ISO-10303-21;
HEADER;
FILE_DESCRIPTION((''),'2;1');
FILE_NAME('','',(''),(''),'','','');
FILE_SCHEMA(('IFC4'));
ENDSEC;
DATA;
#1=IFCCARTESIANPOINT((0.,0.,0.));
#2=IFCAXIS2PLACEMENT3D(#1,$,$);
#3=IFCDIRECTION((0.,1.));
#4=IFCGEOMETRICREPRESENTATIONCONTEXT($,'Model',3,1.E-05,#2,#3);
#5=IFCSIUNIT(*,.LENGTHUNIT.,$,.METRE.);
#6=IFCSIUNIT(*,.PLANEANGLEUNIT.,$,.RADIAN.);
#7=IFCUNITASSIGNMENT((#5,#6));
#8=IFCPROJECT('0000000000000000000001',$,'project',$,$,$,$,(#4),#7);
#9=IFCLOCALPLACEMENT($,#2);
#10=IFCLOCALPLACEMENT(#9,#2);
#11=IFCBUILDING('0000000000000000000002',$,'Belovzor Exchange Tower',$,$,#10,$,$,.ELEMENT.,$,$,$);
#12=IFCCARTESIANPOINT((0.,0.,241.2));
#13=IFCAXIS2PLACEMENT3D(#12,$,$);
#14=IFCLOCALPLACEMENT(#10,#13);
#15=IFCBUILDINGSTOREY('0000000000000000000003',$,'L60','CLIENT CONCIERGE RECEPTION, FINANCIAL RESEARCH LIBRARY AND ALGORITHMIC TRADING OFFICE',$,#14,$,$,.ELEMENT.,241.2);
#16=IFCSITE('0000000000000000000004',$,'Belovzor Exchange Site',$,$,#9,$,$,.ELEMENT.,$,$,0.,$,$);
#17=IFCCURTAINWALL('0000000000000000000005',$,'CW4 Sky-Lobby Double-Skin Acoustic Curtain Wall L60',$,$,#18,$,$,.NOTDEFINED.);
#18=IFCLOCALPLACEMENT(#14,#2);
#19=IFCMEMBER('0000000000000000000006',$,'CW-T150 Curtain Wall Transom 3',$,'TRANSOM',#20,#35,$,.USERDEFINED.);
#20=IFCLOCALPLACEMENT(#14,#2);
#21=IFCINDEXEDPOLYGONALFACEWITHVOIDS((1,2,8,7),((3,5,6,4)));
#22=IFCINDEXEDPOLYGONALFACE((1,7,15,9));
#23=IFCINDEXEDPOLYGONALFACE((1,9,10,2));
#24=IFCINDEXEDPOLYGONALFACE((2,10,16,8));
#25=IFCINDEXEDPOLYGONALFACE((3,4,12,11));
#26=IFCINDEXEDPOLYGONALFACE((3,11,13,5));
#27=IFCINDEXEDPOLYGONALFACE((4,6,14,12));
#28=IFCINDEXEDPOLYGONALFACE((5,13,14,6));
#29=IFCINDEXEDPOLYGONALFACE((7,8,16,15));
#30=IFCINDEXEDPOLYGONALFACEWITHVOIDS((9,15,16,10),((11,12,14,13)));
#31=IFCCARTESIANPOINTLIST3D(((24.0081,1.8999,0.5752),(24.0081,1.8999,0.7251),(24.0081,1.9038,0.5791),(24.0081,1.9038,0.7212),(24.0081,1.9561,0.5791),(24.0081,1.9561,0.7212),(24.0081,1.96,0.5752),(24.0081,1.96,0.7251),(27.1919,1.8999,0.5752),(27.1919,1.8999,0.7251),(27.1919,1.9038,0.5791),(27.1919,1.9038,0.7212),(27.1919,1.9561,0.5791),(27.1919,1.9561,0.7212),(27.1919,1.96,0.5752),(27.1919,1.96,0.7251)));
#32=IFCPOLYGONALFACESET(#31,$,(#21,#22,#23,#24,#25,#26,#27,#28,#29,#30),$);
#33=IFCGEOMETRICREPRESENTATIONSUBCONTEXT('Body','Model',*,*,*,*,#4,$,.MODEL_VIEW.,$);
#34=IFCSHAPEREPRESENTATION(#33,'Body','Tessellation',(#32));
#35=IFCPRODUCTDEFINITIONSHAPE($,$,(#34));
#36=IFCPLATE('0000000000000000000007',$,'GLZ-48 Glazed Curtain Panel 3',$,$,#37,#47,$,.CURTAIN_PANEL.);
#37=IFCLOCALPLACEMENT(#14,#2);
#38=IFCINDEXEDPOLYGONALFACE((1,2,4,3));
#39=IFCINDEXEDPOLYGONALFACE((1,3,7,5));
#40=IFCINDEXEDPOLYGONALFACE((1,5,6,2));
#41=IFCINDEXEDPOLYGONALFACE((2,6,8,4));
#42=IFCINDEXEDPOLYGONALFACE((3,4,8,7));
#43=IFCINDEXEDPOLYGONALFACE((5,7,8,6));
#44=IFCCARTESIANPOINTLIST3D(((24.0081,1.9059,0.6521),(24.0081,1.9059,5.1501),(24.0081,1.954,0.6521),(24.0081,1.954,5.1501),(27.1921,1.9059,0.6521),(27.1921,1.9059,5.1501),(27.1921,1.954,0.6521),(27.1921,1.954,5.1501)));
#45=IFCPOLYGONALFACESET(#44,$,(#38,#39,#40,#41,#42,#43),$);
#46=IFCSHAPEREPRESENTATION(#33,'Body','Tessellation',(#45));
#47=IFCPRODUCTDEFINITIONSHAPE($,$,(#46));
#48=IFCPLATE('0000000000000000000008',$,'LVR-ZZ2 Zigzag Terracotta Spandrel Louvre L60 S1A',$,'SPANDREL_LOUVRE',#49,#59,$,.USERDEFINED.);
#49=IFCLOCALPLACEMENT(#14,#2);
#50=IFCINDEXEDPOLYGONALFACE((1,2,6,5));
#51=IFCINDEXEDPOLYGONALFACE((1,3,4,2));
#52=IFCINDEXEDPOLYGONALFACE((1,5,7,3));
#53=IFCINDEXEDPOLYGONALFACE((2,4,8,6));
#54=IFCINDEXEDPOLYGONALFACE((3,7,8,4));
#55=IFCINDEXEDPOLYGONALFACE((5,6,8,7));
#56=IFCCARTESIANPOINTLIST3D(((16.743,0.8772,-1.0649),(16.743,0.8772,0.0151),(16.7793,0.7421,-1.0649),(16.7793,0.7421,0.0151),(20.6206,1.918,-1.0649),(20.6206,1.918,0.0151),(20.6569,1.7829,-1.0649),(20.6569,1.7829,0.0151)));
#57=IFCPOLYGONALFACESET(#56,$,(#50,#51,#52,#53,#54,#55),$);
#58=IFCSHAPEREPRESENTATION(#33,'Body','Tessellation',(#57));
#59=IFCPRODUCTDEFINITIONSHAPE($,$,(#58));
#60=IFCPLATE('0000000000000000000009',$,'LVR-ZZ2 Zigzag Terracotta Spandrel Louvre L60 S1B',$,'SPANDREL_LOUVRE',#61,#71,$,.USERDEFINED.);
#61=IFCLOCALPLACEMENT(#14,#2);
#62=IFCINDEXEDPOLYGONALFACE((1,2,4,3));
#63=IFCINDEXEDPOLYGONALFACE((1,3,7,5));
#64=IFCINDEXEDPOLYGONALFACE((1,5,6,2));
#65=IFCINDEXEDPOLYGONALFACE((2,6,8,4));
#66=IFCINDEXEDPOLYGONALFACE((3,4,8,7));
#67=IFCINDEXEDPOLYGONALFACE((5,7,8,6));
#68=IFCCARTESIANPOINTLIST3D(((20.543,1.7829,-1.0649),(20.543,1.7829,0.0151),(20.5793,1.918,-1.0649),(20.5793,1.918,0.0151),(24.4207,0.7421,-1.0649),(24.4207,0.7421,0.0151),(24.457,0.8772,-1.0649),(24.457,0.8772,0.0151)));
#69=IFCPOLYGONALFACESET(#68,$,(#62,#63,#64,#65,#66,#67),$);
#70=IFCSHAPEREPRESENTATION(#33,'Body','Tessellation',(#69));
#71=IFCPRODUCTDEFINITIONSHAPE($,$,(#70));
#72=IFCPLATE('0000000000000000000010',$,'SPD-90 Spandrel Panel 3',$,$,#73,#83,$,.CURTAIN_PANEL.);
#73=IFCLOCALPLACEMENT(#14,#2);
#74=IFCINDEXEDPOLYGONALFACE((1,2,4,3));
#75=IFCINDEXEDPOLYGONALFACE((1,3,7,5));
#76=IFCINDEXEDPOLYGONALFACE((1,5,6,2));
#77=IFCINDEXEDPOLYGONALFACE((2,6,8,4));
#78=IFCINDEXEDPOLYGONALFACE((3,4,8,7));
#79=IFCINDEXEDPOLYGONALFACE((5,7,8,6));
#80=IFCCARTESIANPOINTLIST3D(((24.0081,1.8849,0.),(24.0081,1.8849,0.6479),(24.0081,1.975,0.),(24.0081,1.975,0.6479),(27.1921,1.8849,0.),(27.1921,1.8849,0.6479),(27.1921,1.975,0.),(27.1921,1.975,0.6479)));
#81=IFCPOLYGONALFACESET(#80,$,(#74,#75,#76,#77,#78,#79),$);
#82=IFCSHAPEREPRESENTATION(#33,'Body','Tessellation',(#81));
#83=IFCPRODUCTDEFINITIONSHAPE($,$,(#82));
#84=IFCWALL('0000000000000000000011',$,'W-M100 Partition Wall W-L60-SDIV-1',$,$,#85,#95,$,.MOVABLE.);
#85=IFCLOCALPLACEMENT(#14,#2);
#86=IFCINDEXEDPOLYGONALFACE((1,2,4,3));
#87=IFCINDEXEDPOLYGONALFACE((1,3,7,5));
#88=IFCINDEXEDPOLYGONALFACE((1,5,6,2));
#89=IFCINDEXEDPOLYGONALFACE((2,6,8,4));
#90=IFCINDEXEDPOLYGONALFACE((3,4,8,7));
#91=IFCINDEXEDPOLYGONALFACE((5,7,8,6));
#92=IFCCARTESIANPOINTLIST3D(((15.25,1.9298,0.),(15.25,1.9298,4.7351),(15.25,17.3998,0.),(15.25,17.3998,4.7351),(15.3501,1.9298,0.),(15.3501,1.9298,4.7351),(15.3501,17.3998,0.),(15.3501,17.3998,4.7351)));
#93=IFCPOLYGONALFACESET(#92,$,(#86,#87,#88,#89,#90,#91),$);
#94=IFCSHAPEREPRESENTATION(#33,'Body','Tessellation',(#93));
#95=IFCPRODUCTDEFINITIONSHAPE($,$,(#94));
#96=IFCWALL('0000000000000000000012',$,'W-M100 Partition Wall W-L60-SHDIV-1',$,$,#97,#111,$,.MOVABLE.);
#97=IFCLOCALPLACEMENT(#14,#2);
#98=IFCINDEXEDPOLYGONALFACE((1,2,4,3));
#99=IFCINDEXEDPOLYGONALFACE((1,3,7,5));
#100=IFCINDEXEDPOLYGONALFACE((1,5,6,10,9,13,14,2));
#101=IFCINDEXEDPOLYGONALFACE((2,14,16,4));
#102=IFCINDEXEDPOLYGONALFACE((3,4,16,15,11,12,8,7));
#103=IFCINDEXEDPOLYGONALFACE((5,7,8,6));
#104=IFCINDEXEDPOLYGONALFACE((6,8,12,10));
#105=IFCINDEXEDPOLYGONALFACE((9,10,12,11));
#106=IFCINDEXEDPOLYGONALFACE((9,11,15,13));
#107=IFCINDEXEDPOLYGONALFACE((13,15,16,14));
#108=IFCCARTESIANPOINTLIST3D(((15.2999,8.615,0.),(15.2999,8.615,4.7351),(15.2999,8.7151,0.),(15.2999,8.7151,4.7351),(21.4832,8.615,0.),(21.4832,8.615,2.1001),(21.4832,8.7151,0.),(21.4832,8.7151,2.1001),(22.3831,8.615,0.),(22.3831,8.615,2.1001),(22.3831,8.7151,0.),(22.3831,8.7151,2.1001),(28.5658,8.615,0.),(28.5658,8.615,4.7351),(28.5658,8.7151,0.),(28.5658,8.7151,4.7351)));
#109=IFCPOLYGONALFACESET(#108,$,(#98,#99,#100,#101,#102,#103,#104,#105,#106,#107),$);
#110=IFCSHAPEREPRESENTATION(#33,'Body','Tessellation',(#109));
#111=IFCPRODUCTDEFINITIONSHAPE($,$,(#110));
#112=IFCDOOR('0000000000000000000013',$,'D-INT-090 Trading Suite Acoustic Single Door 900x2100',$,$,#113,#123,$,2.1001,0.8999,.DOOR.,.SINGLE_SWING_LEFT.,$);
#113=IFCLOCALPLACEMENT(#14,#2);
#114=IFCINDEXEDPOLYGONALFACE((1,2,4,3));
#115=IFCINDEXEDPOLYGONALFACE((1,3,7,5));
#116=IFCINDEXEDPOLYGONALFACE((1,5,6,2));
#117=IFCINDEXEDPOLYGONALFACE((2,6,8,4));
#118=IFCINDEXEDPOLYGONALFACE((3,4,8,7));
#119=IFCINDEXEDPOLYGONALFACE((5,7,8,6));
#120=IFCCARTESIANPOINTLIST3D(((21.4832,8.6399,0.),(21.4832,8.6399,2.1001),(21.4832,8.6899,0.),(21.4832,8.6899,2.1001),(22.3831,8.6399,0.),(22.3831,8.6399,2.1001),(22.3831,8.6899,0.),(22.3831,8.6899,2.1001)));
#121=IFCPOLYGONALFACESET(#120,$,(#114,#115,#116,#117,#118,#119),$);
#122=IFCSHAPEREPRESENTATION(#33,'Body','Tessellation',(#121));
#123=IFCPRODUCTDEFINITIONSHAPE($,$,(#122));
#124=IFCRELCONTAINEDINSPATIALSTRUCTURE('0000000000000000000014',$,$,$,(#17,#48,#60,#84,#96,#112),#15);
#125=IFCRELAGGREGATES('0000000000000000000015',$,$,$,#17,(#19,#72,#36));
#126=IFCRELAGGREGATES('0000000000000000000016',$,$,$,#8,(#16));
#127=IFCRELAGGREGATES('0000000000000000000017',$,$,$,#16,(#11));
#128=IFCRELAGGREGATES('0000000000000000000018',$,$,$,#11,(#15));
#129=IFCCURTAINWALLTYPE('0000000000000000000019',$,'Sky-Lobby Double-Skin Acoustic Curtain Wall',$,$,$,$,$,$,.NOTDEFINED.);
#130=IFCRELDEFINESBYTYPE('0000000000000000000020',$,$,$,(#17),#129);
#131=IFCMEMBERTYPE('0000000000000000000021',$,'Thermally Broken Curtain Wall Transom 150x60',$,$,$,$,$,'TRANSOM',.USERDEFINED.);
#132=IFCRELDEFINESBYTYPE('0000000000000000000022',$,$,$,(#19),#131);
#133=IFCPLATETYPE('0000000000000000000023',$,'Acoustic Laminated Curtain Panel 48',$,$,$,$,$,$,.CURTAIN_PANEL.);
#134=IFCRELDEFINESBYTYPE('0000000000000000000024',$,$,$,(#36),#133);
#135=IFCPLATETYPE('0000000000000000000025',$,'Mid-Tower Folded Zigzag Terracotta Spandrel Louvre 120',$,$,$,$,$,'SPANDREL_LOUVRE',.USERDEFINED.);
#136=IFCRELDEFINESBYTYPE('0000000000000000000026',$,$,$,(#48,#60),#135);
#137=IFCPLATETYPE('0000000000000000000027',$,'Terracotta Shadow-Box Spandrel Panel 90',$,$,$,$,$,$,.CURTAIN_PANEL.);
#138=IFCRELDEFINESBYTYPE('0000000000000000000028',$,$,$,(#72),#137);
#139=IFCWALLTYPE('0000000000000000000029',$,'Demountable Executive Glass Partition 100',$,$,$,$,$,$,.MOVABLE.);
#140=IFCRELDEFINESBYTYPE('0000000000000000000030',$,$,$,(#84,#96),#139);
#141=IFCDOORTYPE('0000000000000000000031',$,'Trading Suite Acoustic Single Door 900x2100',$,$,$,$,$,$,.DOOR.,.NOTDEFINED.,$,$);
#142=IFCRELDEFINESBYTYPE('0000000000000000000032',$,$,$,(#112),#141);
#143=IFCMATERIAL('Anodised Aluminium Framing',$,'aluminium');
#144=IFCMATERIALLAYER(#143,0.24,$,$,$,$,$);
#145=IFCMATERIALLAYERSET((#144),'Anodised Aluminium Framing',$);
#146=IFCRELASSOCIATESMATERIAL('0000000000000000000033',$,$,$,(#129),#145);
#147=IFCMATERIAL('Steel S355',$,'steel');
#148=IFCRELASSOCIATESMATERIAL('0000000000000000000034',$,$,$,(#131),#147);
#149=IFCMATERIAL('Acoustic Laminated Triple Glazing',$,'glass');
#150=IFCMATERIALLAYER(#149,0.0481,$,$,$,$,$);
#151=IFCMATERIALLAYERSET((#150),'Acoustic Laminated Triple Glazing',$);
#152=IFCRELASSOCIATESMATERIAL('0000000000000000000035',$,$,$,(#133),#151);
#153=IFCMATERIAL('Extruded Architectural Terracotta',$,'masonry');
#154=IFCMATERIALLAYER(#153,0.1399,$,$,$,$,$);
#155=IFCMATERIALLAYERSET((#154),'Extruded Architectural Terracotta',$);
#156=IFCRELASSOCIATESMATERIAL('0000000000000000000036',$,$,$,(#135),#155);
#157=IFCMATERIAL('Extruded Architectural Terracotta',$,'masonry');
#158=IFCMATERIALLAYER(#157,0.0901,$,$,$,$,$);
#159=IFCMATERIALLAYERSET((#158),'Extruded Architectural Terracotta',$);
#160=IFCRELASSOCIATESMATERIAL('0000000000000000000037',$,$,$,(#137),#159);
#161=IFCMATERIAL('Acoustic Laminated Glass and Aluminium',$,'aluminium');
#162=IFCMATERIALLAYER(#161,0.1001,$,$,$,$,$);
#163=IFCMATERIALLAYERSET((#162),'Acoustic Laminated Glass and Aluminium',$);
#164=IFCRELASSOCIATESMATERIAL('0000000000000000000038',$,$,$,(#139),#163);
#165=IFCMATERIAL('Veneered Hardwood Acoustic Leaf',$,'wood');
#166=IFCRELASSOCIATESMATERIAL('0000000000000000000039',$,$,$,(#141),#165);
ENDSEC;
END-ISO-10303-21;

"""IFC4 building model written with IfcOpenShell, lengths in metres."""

from ifc_helpers import new_model, si_unit, direction, frame, frame_2d, origin, origin_2d, place, context, subcontext, project, spatial, rectangle, hollow_rectangle, extrude, material, layer, layer_set, material_profile, profile_set, type_object, element, fill, aggregate, save


model = new_model("IFC4")

# Units and contexts
model_context = context("Model", 3, precision=1e-05, world=origin(), true_north=direction((0.0, 1.0)))
body_context = subcontext(model_context, "Body", "Model", "MODEL_VIEW")
ifc_project = project(units=[si_unit("LENGTHUNIT", "METRE"), si_unit("PLANEANGLEUNIT", "RADIAN")], contexts=[model_context])

# Site, building, storey
site_placement = place(None, origin())
site = spatial("IfcSite", under=ifc_project, at=site_placement, Name="Belovzor Exchange Site", CompositionType="ELEMENT", RefElevation=0.0)
building_placement = place(site_placement, origin())
building = spatial("IfcBuilding", under=site, at=building_placement, Name="Belovzor Exchange Tower", CompositionType="ELEMENT")
storey_placement = place(building_placement, frame((0.0, 0.0, 241.2)))
storey = spatial("IfcBuildingStorey", under=building, at=storey_placement, Name="L60", Description="CLIENT CONCIERGE RECEPTION, FINANCIAL RESEARCH LIBRARY AND ALGORITHMIC TRADING OFFICE", CompositionType="ELEMENT", Elevation=241.2)

# Curtain wall, member, plate
ifc_material_1 = material(Name="Anodised Aluminium Framing", Category="aluminium")
ifc_layer_1 = layer(ifc_material_1, 0.24)
ifc_layer_set_1 = layer_set([ifc_layer_1], Name="Anodised Aluminium Framing")
curtain_wall_type = type_object("IfcCurtainWallType", Name="Sky-Lobby Double-Skin Acoustic Curtain Wall", PredefinedType="NOTDEFINED", material=ifc_layer_set_1)
curtain_wall_placement = place(storey_placement, origin())
curtain_wall = element("IfcCurtainWall", 1, at=curtain_wall_placement, inside=storey, type_object=curtain_wall_type, Name="CW4 Sky-Lobby Double-Skin Acoustic Curtain Wall L60", PredefinedType="NOTDEFINED")
ifc_material_2 = material(Name="Steel S355", Category="steel")
ifc_material_profile_1 = material_profile(ifc_material_2, hollow_rectangle(XDim=0.0601, YDim=0.1499, WallThickness=0.0039, at=origin_2d()))
ifc_profile_set_1 = profile_set([ifc_material_profile_1], Name="Steel S355")
member_type_1 = type_object("IfcMemberType", Name="Thermally Broken Curtain Wall Transom 150x60", ElementType="TRANSOM", PredefinedType="USERDEFINED", material=ifc_profile_set_1)
member_1_placement = place(storey_placement, frame((27.1919, 1.9299, 0.6501), z_axis=(-1.0, 0.0, 0.0), x_axis=(0.0, -1.0, 0.0)))
member_1 = element("IfcMember", 2, at=member_1_placement, type_object=member_type_1, Name="CW-T150 Curtain Wall Transom 3", ObjectType="TRANSOM", PredefinedType="USERDEFINED", context=body_context, shape_type="SweptSolid", body=[
    extrude(hollow_rectangle(XDim=0.0601, YDim=0.1499, WallThickness=0.0039, at=origin_2d()), origin(), (0.0, 0.0, 1.0), 3.1838),
])
ifc_material_3 = material(Name="Acoustic Laminated Triple Glazing", Category="glass")
ifc_layer_2 = layer(ifc_material_3, 0.0481)
ifc_layer_set_2 = layer_set([ifc_layer_2], Name="Acoustic Laminated Triple Glazing")
plate_type_1 = type_object("IfcPlateType", Name="Acoustic Laminated Curtain Panel 48", PredefinedType="CURTAIN_PANEL", material=ifc_layer_set_2)
plate_1_placement = place(storey_placement, frame((25.6001, 1.9299, 0.6521), z_axis=(0.0, 0.0, 1.0), x_axis=(-1.0, 0.0, 0.0)))
plate_1 = element("IfcPlate", 3, at=plate_1_placement, type_object=plate_type_1, Name="GLZ-48 Glazed Curtain Panel 3", PredefinedType="CURTAIN_PANEL", context=body_context, shape_type="SweptSolid", body=[
    extrude(rectangle(XDim=3.1841, YDim=0.0481, at=origin_2d()), origin(), (0.0, 0.0, 1.0), 4.498),
])

# Plates
ifc_material_4 = material(Name="Extruded Architectural Terracotta", Category="masonry")
ifc_layer_3 = layer(ifc_material_4, 0.1399)
ifc_layer_set_3 = layer_set([ifc_layer_3], Name="Extruded Architectural Terracotta")
plate_type_2 = type_object("IfcPlateType", Name="Mid-Tower Folded Zigzag Terracotta Spandrel Louvre 120", ElementType="SPANDREL_LOUVRE", PredefinedType="USERDEFINED", material=ifc_layer_set_3)
for number, where, z_axis, x_axis, name in (
    (4, (18.7, 1.3301, -1.0649), (0.0, 0.0, 1.0), (0.965813, 0.25924, 0.0), "LVR-ZZ2 Zigzag Terracotta Spandrel Louvre L60 S1A"),
    (5, (22.5, 1.3301, -1.0649), (0.0, 0.0, 1.0), (0.965813, -0.25924, 0.0), "LVR-ZZ2 Zigzag Terracotta Spandrel Louvre L60 S1B"),
):
    element("IfcPlate", number, at=place(storey_placement, frame(where, z_axis=z_axis, x_axis=x_axis)), inside=storey, type_object=plate_type_2, Name=name, ObjectType="SPANDREL_LOUVRE", PredefinedType="USERDEFINED", context=body_context, shape_type="SweptSolid", body=[
        extrude(rectangle(XDim=4.0149, YDim=0.1399, at=origin_2d()), origin(), (0.0, 0.0, 1.0), 1.0801),
    ])

# Plate
ifc_material_5 = material(Name="Extruded Architectural Terracotta", Category="masonry")
ifc_layer_4 = layer(ifc_material_5, 0.0901)
ifc_layer_set_4 = layer_set([ifc_layer_4], Name="Extruded Architectural Terracotta")
plate_type_3 = type_object("IfcPlateType", Name="Terracotta Shadow-Box Spandrel Panel 90", PredefinedType="CURTAIN_PANEL", material=ifc_layer_set_4)
plate_2_placement = place(storey_placement, frame((25.6001, 1.9299, 0.0), z_axis=(0.0, 0.0, 1.0), x_axis=(-1.0, 0.0, 0.0)))
plate_2 = element("IfcPlate", 6, at=plate_2_placement, type_object=plate_type_3, Name="SPD-90 Spandrel Panel 3", PredefinedType="CURTAIN_PANEL", context=body_context, shape_type="SweptSolid", body=[
    extrude(rectangle(XDim=3.1841, YDim=0.0901, at=origin_2d()), origin(), (0.0, 0.0, 1.0), 0.6479),
])
aggregate(curtain_wall, [member_1, plate_2, plate_1])

# Wall
ifc_material_6 = material(Name="Acoustic Laminated Glass and Aluminium", Category="aluminium")
ifc_layer_5 = layer(ifc_material_6, 0.1001)
ifc_layer_set_5 = layer_set([ifc_layer_5], Name="Acoustic Laminated Glass and Aluminium")
wall_type_1 = type_object("IfcWallType", Name="Demountable Executive Glass Partition 100", PredefinedType="MOVABLE", material=ifc_layer_set_5)
wall_1_placement = place(storey_placement, frame((15.3, 1.9299, 0.0), z_axis=(0.0, 0.0, 1.0), x_axis=(0.0, 1.0, 0.0)))
element("IfcWall", 7, at=wall_1_placement, inside=storey, type_object=wall_type_1, Name="W-M100 Partition Wall W-L60-SDIV-1", PredefinedType="MOVABLE", context=body_context, shape_type="SweptSolid", body=[
    extrude(rectangle(XDim=15.47, YDim=0.1001, at=frame_2d((7.7349, 0.0))), origin(), (0.0, 0.0, 1.0), 4.7351),
])

# Wall, opening, door
wall_2_placement = place(storey_placement, frame((15.3, 8.665, 0.0), z_axis=(0.0, 0.0, 1.0), x_axis=(1.0, 0.0, 0.0)))
wall_2 = element("IfcWall", 8, at=wall_2_placement, inside=storey, type_object=wall_type_1, Name="W-M100 Partition Wall W-L60-SHDIV-1", PredefinedType="MOVABLE", context=body_context, shape_type="SweptSolid", body=[
    extrude(rectangle(XDim=13.2659, YDim=0.1001, at=frame_2d((6.6328, 0.0))), origin(), (0.0, 0.0, 1.0), 4.7351),
])
opening_1_placement = place(wall_2_placement, frame((6.1831, 0.0, 0.0)))
opening_1 = element("IfcOpeningElement", 9, at=opening_1_placement, cuts=wall_2, PredefinedType="OPENING", context=body_context, shape_type="SweptSolid", body=[
    extrude(rectangle(XDim=0.8999, YDim=2.1001, at=frame_2d((0.45, 1.05))), frame((0.0, 0.0601, 0.0), z_axis=(0.0, -1.0, 0.0), x_axis=(1.0, 0.0, 0.0)), (0.0, 0.0, 1.0), 0.1201),
])
ifc_material_7 = material(Name="Veneered Hardwood Acoustic Leaf", Category="wood")
door_type = type_object("IfcDoorType", Name="Trading Suite Acoustic Single Door 900x2100", OperationType="NOTDEFINED", PredefinedType="DOOR", material=ifc_material_7)
door_1_placement = place(opening_1_placement, origin())
door_1 = element("IfcDoor", 10, at=door_1_placement, inside=storey, type_object=door_type, Name="D-INT-090 Trading Suite Acoustic Single Door 900x2100", OperationType="SINGLE_SWING_LEFT", OverallHeight=2.1001, OverallWidth=0.8999, PredefinedType="DOOR", context=body_context, shape_type="SweptSolid", body=[
    extrude(rectangle(XDim=0.8999, YDim=2.1001, at=frame_2d((0.45, 1.05))), frame((0.0, 0.0249, 0.0), z_axis=(0.0, -1.0, 0.0), x_axis=(1.0, 0.0, 0.0)), (0.0, 0.0, 1.0), 0.05),
])
fill(opening_1, door_1)

save(model, "model.ifc")
